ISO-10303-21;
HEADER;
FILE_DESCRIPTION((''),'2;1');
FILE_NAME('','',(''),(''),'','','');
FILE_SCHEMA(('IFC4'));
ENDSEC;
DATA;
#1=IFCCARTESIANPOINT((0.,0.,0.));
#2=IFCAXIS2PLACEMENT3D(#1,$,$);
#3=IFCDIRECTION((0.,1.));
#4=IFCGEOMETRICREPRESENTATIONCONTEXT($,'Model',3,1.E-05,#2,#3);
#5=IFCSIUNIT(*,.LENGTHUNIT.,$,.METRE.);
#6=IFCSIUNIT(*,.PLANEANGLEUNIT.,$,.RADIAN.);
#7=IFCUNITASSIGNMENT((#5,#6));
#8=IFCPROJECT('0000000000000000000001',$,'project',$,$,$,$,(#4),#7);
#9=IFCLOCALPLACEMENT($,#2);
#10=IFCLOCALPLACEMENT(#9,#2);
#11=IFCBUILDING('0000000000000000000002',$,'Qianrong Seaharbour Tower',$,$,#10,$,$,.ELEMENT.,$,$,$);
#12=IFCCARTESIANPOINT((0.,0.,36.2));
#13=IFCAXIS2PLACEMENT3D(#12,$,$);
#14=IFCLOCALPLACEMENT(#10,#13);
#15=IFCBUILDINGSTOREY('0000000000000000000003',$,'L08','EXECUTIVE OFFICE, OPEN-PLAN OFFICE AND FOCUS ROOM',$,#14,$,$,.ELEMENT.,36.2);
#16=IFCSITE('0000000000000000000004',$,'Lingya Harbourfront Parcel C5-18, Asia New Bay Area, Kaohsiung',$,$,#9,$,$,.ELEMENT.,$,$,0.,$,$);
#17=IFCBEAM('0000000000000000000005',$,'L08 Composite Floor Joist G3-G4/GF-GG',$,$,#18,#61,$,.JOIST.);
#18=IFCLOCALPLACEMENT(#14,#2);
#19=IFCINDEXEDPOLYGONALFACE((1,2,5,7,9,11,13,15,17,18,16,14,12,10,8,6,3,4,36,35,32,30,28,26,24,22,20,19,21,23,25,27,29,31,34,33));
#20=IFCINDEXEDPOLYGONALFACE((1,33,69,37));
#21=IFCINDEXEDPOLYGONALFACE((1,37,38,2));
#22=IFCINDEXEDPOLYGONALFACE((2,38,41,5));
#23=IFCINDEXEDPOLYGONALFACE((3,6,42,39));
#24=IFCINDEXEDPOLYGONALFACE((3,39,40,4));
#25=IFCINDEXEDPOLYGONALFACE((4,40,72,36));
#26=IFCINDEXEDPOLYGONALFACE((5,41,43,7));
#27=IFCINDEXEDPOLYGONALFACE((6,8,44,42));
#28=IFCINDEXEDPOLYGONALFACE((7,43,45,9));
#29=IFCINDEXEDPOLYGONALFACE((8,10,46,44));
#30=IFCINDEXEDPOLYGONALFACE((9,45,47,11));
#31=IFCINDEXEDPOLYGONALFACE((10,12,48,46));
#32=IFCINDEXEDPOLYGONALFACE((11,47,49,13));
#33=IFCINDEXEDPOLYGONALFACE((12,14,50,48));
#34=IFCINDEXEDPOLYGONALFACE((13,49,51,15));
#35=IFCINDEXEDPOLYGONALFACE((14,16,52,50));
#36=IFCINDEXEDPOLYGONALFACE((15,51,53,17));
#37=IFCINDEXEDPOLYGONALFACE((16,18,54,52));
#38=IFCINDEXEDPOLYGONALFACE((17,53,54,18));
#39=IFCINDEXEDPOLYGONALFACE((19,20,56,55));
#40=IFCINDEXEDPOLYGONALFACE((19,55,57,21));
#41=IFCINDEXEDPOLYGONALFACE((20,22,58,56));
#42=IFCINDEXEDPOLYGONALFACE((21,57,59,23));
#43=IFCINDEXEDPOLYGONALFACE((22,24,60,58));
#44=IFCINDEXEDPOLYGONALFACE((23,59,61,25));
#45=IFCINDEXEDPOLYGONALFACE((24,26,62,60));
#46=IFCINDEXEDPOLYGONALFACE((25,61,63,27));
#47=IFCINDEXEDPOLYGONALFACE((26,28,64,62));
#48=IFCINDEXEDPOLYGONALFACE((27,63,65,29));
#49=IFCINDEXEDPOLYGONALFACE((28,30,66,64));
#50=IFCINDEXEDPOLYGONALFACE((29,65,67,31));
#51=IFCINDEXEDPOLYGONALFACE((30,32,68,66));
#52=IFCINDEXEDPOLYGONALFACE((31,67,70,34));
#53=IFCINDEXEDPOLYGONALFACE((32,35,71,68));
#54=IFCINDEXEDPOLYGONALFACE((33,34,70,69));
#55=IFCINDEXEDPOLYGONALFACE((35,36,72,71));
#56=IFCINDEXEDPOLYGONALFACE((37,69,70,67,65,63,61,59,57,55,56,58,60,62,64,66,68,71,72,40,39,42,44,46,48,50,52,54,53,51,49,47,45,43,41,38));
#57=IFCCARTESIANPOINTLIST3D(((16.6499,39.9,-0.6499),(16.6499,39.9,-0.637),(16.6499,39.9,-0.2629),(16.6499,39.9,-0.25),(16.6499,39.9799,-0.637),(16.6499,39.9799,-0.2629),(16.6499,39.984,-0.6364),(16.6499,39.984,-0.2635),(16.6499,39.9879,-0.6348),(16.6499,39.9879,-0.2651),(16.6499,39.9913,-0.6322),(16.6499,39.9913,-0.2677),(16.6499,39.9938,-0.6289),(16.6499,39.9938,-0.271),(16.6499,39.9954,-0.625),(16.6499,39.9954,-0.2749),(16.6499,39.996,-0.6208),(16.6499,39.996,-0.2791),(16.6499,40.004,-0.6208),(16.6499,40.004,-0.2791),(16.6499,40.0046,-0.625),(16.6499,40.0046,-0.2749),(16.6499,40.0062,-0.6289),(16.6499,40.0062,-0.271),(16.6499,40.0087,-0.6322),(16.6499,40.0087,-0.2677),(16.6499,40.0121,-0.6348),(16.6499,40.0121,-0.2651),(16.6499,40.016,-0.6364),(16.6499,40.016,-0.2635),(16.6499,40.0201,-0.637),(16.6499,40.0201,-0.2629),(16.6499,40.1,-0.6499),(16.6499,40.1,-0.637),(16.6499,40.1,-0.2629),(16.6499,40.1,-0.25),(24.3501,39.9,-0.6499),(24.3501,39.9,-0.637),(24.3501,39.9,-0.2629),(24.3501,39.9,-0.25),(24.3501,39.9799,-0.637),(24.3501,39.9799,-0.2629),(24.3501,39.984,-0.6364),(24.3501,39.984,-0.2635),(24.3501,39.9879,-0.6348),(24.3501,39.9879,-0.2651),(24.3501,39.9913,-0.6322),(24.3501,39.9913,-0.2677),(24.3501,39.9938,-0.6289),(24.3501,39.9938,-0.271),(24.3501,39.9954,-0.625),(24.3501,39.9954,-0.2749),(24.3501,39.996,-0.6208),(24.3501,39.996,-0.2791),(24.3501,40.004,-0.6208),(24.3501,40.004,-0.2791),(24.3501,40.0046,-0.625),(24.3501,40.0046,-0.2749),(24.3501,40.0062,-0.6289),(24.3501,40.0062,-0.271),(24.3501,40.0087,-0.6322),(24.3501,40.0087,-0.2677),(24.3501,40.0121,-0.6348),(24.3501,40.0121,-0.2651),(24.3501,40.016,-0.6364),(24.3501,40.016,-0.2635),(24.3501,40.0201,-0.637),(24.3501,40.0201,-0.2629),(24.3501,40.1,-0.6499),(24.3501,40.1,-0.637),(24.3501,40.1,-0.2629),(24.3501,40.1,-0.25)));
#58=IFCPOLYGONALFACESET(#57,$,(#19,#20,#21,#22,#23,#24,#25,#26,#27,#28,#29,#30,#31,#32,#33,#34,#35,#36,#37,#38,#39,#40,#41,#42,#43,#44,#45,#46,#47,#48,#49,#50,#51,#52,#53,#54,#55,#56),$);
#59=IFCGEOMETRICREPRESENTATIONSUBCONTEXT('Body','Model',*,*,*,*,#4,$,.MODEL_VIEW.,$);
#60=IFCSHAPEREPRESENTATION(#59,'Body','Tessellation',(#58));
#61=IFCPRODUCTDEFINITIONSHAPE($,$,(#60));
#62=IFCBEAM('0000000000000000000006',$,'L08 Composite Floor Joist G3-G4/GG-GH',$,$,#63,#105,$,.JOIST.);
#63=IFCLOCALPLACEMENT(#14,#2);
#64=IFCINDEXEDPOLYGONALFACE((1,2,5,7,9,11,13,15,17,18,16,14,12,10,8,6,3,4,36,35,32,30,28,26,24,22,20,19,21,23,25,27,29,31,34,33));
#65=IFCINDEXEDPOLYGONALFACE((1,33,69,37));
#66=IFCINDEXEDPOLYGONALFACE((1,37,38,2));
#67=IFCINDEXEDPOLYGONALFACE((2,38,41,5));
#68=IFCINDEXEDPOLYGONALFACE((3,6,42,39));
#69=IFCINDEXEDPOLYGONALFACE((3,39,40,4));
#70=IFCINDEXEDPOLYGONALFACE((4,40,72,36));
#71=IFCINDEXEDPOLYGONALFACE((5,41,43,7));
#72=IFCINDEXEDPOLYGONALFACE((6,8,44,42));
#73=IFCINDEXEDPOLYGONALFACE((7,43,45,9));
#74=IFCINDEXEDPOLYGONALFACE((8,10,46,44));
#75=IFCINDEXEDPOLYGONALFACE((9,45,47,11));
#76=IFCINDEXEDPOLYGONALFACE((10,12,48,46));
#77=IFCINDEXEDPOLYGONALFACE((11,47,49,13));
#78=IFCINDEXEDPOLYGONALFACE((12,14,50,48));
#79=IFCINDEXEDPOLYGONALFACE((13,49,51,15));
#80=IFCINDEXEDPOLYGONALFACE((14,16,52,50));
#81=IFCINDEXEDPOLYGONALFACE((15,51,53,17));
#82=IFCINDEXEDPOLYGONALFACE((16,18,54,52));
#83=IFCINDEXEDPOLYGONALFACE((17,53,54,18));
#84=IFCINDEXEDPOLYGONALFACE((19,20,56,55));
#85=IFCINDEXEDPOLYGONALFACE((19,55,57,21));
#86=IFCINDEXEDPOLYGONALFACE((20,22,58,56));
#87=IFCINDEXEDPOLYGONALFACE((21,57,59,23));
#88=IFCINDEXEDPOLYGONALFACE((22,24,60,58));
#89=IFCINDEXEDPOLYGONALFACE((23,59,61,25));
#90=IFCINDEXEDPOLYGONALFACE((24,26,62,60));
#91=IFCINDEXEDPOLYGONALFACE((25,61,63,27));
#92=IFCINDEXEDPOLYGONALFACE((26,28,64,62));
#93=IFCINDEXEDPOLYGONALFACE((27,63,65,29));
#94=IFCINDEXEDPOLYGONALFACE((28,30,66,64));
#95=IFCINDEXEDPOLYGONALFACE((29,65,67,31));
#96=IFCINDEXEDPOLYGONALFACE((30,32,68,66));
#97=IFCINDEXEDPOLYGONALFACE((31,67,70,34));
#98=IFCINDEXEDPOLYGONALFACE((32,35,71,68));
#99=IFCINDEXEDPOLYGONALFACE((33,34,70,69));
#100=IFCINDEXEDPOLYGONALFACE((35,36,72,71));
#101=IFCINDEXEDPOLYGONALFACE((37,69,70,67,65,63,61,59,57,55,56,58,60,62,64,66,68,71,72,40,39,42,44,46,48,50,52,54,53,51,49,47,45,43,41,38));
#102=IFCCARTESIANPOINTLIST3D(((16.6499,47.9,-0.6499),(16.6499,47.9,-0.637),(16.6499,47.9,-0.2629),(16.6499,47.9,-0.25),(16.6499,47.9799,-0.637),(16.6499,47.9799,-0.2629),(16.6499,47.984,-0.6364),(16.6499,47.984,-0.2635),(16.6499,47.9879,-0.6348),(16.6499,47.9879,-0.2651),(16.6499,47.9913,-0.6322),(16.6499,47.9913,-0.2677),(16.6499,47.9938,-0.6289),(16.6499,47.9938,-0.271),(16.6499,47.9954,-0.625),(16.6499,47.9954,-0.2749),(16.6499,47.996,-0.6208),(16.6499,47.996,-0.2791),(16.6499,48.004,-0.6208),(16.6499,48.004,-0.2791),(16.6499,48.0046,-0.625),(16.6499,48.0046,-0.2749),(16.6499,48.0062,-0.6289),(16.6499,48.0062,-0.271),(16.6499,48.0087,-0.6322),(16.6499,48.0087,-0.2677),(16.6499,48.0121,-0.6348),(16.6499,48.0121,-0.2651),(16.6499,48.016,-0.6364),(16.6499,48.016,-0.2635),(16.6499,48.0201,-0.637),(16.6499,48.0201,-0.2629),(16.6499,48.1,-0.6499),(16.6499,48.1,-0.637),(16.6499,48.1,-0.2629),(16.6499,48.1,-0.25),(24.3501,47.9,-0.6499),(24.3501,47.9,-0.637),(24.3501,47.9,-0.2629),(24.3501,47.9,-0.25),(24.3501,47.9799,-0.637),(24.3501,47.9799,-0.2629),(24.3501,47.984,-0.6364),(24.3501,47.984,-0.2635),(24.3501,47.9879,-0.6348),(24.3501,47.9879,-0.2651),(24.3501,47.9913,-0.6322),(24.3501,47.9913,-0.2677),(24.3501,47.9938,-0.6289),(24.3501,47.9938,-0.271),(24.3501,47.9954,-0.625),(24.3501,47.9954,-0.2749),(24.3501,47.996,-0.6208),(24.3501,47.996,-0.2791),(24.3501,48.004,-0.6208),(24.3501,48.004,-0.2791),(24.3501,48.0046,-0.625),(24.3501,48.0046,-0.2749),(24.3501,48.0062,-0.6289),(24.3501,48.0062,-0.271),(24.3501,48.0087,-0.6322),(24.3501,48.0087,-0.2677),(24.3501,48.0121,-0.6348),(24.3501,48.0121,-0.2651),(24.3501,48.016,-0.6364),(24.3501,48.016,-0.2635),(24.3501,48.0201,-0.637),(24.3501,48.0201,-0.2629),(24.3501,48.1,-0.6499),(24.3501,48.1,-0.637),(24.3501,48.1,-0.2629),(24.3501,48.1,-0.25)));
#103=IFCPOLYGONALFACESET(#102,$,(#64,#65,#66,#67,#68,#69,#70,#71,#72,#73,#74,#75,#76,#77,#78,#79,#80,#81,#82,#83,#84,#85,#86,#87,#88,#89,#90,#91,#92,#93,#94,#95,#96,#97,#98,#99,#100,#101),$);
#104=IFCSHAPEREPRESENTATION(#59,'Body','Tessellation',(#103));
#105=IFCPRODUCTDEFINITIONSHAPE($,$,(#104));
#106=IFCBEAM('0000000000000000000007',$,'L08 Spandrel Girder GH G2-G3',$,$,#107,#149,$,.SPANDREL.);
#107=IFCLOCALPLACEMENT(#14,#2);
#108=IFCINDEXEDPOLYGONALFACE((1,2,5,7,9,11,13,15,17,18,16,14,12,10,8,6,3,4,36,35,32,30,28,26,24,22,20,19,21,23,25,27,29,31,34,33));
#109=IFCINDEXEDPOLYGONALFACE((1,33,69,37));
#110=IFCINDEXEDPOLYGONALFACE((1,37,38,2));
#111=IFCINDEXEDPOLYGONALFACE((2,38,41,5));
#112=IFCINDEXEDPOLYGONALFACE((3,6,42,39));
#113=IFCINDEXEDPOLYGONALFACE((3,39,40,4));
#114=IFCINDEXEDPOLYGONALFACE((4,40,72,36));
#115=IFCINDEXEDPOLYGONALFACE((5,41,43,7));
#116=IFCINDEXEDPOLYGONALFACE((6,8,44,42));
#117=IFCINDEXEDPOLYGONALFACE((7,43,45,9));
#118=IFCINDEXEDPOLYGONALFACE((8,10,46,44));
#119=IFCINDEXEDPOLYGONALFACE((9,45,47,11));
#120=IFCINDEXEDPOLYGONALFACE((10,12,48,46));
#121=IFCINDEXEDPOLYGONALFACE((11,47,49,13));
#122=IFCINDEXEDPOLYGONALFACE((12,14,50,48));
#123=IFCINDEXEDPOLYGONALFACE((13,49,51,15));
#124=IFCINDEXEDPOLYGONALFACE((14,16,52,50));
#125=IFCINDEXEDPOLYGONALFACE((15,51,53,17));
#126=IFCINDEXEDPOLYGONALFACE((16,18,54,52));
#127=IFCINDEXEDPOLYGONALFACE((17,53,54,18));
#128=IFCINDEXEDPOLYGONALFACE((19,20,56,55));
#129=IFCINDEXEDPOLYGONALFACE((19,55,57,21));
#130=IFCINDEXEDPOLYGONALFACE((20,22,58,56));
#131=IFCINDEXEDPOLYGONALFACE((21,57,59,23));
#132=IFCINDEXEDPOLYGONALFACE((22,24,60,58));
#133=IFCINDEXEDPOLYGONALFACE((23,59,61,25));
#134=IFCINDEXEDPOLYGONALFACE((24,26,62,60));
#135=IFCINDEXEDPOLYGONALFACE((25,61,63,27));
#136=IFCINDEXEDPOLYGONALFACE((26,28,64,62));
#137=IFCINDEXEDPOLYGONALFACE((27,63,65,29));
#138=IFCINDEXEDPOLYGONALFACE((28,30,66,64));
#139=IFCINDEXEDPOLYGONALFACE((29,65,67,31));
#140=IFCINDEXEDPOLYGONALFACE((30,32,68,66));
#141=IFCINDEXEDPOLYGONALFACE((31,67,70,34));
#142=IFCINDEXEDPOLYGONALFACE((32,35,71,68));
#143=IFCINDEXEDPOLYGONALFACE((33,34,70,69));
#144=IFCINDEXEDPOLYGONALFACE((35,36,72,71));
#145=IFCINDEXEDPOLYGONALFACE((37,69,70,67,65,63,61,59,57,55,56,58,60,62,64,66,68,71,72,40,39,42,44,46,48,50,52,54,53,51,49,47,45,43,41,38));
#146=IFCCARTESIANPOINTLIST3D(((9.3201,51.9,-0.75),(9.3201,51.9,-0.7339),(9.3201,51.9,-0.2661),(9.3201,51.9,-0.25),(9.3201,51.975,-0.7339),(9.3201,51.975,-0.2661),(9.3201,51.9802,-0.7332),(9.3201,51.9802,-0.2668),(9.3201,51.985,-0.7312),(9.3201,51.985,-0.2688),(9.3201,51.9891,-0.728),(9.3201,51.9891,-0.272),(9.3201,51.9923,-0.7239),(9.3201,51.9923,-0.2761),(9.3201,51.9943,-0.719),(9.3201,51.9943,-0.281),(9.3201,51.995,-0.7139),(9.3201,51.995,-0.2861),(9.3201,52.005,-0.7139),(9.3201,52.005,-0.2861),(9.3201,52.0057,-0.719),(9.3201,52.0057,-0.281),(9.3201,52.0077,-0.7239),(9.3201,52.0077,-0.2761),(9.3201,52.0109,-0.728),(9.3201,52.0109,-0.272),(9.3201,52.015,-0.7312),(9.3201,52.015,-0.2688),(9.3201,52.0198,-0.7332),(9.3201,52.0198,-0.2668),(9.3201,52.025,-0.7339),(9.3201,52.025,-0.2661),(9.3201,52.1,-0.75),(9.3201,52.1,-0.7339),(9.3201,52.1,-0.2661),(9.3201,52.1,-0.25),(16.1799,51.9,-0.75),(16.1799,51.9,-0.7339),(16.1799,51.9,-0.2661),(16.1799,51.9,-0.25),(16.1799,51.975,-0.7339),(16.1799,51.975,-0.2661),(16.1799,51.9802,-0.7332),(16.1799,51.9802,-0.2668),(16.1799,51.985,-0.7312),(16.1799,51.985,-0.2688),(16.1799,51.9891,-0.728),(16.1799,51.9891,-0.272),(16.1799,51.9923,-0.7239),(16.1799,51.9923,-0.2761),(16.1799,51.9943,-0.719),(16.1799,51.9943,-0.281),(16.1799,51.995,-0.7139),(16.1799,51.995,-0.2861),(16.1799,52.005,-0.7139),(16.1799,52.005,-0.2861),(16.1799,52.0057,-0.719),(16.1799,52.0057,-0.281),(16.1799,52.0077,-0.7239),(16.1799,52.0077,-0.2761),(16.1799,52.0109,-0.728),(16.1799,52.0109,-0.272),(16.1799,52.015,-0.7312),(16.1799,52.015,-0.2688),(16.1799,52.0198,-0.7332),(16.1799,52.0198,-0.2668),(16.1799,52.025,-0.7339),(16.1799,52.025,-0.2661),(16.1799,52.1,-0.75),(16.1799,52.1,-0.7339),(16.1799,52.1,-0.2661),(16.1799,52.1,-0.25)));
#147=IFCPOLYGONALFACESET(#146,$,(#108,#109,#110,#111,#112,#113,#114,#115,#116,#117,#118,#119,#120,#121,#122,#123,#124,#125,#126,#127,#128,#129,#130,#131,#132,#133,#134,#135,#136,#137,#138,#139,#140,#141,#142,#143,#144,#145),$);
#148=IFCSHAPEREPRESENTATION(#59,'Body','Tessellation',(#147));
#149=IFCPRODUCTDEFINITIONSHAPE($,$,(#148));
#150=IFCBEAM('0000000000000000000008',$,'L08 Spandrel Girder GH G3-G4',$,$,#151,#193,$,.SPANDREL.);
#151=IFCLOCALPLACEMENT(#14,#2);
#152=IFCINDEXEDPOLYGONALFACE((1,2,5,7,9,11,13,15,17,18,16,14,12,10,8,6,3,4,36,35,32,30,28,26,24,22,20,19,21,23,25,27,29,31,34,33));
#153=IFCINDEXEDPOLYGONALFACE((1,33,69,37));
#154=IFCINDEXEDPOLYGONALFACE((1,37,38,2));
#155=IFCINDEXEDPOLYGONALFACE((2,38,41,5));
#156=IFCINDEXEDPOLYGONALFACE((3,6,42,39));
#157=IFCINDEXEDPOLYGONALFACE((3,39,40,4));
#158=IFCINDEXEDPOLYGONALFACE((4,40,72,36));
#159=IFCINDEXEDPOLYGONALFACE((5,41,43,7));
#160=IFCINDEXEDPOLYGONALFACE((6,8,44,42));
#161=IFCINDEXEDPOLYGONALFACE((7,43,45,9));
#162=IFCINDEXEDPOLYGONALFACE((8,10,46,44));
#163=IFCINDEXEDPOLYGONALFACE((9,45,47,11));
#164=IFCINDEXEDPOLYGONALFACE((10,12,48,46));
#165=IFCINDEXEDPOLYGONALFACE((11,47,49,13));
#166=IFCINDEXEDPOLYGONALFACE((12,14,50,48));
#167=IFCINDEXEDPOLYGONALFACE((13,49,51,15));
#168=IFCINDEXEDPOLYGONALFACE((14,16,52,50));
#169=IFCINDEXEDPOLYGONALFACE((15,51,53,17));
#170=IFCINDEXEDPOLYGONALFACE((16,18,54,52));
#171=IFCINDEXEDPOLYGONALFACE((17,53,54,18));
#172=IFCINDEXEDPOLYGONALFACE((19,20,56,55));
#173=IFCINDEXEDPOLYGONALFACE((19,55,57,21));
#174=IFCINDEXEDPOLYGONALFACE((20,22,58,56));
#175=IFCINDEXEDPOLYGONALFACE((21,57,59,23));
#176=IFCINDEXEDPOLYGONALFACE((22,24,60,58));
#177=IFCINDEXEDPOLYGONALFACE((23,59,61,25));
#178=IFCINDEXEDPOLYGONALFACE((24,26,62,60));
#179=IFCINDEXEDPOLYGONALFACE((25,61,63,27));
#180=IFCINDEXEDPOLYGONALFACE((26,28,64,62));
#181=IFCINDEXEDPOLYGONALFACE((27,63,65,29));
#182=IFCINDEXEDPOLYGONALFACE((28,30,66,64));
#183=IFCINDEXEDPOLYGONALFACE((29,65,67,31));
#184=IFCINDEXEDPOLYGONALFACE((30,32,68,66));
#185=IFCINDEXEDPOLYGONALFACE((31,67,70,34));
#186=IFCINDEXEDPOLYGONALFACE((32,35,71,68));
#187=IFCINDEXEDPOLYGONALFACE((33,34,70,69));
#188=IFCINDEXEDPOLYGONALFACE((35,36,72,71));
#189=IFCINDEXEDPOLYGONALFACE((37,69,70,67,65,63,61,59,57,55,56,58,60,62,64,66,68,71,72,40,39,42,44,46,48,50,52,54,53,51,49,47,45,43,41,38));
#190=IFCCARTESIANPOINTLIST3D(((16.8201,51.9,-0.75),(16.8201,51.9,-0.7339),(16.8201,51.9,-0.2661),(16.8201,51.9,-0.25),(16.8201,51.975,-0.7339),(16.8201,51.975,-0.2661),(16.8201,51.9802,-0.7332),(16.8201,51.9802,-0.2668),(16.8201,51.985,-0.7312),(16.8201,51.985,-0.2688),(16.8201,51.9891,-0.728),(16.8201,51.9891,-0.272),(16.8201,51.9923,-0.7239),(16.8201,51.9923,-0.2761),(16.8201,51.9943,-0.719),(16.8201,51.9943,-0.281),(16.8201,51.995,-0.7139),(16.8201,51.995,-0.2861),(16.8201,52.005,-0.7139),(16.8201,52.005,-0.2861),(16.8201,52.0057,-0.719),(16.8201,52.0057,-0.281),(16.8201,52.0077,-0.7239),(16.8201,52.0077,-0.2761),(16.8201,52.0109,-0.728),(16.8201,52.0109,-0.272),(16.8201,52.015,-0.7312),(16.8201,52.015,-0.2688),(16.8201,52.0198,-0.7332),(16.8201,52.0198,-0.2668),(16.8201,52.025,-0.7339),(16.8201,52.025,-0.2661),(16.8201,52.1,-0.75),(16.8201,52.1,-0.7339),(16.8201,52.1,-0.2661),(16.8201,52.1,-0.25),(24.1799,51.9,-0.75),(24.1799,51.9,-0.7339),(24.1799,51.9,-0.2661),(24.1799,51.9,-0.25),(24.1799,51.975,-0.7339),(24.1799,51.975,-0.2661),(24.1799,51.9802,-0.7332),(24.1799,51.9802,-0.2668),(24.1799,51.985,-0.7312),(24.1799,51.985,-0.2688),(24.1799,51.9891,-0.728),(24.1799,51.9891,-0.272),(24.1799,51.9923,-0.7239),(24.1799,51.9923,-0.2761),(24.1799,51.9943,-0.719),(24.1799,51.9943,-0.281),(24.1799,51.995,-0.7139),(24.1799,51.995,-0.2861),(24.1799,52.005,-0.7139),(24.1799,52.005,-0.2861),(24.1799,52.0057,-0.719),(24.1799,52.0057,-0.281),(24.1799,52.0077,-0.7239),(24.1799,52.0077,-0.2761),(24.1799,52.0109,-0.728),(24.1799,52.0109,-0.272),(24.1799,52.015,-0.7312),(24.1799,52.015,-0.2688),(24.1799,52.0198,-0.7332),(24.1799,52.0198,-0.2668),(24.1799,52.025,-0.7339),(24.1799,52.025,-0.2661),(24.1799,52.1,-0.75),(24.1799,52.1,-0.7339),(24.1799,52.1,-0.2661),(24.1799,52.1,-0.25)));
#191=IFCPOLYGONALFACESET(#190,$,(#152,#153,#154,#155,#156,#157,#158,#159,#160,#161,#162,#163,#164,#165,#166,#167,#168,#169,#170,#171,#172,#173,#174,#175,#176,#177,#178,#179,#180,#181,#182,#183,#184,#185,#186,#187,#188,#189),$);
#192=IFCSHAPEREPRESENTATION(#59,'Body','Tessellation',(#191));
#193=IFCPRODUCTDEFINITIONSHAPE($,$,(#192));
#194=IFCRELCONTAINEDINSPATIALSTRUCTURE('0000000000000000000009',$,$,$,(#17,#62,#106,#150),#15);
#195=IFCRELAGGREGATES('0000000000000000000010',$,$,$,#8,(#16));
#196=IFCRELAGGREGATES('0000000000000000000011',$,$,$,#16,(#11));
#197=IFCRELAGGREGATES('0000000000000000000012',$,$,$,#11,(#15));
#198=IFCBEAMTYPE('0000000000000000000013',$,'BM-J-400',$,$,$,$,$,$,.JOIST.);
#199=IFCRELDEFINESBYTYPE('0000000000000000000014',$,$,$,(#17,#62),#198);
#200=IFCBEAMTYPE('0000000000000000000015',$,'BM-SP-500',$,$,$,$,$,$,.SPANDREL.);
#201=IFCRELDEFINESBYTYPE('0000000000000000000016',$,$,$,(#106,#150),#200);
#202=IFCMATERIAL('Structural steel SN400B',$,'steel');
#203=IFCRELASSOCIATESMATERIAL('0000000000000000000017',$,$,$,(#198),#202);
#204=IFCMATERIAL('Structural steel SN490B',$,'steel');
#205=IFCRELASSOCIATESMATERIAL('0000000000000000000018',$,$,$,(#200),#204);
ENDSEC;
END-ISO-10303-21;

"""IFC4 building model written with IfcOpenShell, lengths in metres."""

from ifc_helpers import new_model, si_unit, direction, frame, origin, origin_2d, place, context, subcontext, project, spatial, i_section, extrude, material, material_profile, profile_set, type_object, element, save


model = new_model("IFC4")

# Units and contexts
model_context = context("Model", 3, precision=1e-05, world=origin(), true_north=direction((0.0, 1.0)))
body_context = subcontext(model_context, "Body", "Model", "MODEL_VIEW")
ifc_project = project(units=[si_unit("LENGTHUNIT", "METRE"), si_unit("PLANEANGLEUNIT", "RADIAN")], contexts=[model_context])

# Site, building, storey
site_placement = place(None, origin())
site = spatial("IfcSite", under=ifc_project, at=site_placement, Name="Lingya Harbourfront Parcel C5-18, Asia New Bay Area, Kaohsiung", CompositionType="ELEMENT", RefElevation=0.0)
building_placement = place(site_placement, origin())
building = spatial("IfcBuilding", under=site, at=building_placement, Name="Qianrong Seaharbour Tower", CompositionType="ELEMENT")
storey_placement = place(building_placement, frame((0.0, 0.0, 36.2)))
storey = spatial("IfcBuildingStorey", under=building, at=storey_placement, Name="L08", Description="EXECUTIVE OFFICE, OPEN-PLAN OFFICE AND FOCUS ROOM", CompositionType="ELEMENT", Elevation=36.2)

# Shared definitions
ifc_material_1 = material(Name="Structural steel SN490B", Category="steel")

# Beams
ifc_material_2 = material(Name="Structural steel SN400B", Category="steel")
ifc_material_profile_1 = material_profile(ifc_material_2, i_section(OverallWidth=0.2, OverallDepth=0.3999, WebThickness=0.0081, FlangeThickness=0.0129, FilletRadius=0.0161, at=origin_2d()), Name="H400x200x8x13")
ifc_profile_set_1 = profile_set([ifc_material_profile_1], Name="Structural steel SN400B")
beam_type_1 = type_object("IfcBeamType", Name="BM-J-400", PredefinedType="JOIST", material=ifc_profile_set_1)
for number, where, z_axis, x_axis, name in (
    (1, (16.6499, 40.0, -0.45), (1.0, 0.0, 0.0), (0.0, 1.0, 0.0), "L08 Composite Floor Joist G3-G4/GF-GG"),
    (2, (16.6499, 48.0, -0.45), (1.0, 0.0, 0.0), (0.0, 1.0, 0.0), "L08 Composite Floor Joist G3-G4/GG-GH"),
):
    element("IfcBeam", number, at=place(storey_placement, frame(where, z_axis=z_axis, x_axis=x_axis)), inside=storey, type_object=beam_type_1, Name=name, PredefinedType="JOIST", context=body_context, shape_type="SweptSolid", body=[
        extrude(i_section(OverallWidth=0.2, OverallDepth=0.3999, WebThickness=0.0081, FlangeThickness=0.0129, FilletRadius=0.0161, at=origin_2d()), origin(), (0.0, 0.0, 1.0), 7.7002),
    ])
ifc_material_profile_2 = material_profile(ifc_material_1, i_section(OverallWidth=0.2, OverallDepth=0.5, WebThickness=0.01, FlangeThickness=0.0161, FilletRadius=0.02, at=origin_2d()), Name="H500x200x10x16")
ifc_profile_set_2 = profile_set([ifc_material_profile_2], Name="Structural steel SN490B")
beam_type_2 = type_object("IfcBeamType", Name="BM-SP-500", PredefinedType="SPANDREL", material=ifc_profile_set_2)
beam_1_placement = place(storey_placement, frame((9.3201, 52.0, -0.5), z_axis=(1.0, 0.0, 0.0), x_axis=(0.0, 1.0, 0.0)))
element("IfcBeam", 3, at=beam_1_placement, inside=storey, type_object=beam_type_2, Name="L08 Spandrel Girder GH G2-G3", PredefinedType="SPANDREL", context=body_context, shape_type="SweptSolid", body=[
    extrude(i_section(OverallWidth=0.2, OverallDepth=0.5, WebThickness=0.01, FlangeThickness=0.0161, FilletRadius=0.02, at=origin_2d()), origin(), (0.0, 0.0, 1.0), 6.8599),
])
beam_2_placement = place(storey_placement, frame((16.8201, 52.0, -0.5), z_axis=(1.0, 0.0, 0.0), x_axis=(0.0, 1.0, 0.0)))
element("IfcBeam", 4, at=beam_2_placement, inside=storey, type_object=beam_type_2, Name="L08 Spandrel Girder GH G3-G4", PredefinedType="SPANDREL", context=body_context, shape_type="SweptSolid", body=[
    extrude(i_section(OverallWidth=0.2, OverallDepth=0.5, WebThickness=0.01, FlangeThickness=0.0161, FilletRadius=0.02, at=origin_2d()), origin(), (0.0, 0.0, 1.0), 7.3599),
])

save(model, "model.ifc")
